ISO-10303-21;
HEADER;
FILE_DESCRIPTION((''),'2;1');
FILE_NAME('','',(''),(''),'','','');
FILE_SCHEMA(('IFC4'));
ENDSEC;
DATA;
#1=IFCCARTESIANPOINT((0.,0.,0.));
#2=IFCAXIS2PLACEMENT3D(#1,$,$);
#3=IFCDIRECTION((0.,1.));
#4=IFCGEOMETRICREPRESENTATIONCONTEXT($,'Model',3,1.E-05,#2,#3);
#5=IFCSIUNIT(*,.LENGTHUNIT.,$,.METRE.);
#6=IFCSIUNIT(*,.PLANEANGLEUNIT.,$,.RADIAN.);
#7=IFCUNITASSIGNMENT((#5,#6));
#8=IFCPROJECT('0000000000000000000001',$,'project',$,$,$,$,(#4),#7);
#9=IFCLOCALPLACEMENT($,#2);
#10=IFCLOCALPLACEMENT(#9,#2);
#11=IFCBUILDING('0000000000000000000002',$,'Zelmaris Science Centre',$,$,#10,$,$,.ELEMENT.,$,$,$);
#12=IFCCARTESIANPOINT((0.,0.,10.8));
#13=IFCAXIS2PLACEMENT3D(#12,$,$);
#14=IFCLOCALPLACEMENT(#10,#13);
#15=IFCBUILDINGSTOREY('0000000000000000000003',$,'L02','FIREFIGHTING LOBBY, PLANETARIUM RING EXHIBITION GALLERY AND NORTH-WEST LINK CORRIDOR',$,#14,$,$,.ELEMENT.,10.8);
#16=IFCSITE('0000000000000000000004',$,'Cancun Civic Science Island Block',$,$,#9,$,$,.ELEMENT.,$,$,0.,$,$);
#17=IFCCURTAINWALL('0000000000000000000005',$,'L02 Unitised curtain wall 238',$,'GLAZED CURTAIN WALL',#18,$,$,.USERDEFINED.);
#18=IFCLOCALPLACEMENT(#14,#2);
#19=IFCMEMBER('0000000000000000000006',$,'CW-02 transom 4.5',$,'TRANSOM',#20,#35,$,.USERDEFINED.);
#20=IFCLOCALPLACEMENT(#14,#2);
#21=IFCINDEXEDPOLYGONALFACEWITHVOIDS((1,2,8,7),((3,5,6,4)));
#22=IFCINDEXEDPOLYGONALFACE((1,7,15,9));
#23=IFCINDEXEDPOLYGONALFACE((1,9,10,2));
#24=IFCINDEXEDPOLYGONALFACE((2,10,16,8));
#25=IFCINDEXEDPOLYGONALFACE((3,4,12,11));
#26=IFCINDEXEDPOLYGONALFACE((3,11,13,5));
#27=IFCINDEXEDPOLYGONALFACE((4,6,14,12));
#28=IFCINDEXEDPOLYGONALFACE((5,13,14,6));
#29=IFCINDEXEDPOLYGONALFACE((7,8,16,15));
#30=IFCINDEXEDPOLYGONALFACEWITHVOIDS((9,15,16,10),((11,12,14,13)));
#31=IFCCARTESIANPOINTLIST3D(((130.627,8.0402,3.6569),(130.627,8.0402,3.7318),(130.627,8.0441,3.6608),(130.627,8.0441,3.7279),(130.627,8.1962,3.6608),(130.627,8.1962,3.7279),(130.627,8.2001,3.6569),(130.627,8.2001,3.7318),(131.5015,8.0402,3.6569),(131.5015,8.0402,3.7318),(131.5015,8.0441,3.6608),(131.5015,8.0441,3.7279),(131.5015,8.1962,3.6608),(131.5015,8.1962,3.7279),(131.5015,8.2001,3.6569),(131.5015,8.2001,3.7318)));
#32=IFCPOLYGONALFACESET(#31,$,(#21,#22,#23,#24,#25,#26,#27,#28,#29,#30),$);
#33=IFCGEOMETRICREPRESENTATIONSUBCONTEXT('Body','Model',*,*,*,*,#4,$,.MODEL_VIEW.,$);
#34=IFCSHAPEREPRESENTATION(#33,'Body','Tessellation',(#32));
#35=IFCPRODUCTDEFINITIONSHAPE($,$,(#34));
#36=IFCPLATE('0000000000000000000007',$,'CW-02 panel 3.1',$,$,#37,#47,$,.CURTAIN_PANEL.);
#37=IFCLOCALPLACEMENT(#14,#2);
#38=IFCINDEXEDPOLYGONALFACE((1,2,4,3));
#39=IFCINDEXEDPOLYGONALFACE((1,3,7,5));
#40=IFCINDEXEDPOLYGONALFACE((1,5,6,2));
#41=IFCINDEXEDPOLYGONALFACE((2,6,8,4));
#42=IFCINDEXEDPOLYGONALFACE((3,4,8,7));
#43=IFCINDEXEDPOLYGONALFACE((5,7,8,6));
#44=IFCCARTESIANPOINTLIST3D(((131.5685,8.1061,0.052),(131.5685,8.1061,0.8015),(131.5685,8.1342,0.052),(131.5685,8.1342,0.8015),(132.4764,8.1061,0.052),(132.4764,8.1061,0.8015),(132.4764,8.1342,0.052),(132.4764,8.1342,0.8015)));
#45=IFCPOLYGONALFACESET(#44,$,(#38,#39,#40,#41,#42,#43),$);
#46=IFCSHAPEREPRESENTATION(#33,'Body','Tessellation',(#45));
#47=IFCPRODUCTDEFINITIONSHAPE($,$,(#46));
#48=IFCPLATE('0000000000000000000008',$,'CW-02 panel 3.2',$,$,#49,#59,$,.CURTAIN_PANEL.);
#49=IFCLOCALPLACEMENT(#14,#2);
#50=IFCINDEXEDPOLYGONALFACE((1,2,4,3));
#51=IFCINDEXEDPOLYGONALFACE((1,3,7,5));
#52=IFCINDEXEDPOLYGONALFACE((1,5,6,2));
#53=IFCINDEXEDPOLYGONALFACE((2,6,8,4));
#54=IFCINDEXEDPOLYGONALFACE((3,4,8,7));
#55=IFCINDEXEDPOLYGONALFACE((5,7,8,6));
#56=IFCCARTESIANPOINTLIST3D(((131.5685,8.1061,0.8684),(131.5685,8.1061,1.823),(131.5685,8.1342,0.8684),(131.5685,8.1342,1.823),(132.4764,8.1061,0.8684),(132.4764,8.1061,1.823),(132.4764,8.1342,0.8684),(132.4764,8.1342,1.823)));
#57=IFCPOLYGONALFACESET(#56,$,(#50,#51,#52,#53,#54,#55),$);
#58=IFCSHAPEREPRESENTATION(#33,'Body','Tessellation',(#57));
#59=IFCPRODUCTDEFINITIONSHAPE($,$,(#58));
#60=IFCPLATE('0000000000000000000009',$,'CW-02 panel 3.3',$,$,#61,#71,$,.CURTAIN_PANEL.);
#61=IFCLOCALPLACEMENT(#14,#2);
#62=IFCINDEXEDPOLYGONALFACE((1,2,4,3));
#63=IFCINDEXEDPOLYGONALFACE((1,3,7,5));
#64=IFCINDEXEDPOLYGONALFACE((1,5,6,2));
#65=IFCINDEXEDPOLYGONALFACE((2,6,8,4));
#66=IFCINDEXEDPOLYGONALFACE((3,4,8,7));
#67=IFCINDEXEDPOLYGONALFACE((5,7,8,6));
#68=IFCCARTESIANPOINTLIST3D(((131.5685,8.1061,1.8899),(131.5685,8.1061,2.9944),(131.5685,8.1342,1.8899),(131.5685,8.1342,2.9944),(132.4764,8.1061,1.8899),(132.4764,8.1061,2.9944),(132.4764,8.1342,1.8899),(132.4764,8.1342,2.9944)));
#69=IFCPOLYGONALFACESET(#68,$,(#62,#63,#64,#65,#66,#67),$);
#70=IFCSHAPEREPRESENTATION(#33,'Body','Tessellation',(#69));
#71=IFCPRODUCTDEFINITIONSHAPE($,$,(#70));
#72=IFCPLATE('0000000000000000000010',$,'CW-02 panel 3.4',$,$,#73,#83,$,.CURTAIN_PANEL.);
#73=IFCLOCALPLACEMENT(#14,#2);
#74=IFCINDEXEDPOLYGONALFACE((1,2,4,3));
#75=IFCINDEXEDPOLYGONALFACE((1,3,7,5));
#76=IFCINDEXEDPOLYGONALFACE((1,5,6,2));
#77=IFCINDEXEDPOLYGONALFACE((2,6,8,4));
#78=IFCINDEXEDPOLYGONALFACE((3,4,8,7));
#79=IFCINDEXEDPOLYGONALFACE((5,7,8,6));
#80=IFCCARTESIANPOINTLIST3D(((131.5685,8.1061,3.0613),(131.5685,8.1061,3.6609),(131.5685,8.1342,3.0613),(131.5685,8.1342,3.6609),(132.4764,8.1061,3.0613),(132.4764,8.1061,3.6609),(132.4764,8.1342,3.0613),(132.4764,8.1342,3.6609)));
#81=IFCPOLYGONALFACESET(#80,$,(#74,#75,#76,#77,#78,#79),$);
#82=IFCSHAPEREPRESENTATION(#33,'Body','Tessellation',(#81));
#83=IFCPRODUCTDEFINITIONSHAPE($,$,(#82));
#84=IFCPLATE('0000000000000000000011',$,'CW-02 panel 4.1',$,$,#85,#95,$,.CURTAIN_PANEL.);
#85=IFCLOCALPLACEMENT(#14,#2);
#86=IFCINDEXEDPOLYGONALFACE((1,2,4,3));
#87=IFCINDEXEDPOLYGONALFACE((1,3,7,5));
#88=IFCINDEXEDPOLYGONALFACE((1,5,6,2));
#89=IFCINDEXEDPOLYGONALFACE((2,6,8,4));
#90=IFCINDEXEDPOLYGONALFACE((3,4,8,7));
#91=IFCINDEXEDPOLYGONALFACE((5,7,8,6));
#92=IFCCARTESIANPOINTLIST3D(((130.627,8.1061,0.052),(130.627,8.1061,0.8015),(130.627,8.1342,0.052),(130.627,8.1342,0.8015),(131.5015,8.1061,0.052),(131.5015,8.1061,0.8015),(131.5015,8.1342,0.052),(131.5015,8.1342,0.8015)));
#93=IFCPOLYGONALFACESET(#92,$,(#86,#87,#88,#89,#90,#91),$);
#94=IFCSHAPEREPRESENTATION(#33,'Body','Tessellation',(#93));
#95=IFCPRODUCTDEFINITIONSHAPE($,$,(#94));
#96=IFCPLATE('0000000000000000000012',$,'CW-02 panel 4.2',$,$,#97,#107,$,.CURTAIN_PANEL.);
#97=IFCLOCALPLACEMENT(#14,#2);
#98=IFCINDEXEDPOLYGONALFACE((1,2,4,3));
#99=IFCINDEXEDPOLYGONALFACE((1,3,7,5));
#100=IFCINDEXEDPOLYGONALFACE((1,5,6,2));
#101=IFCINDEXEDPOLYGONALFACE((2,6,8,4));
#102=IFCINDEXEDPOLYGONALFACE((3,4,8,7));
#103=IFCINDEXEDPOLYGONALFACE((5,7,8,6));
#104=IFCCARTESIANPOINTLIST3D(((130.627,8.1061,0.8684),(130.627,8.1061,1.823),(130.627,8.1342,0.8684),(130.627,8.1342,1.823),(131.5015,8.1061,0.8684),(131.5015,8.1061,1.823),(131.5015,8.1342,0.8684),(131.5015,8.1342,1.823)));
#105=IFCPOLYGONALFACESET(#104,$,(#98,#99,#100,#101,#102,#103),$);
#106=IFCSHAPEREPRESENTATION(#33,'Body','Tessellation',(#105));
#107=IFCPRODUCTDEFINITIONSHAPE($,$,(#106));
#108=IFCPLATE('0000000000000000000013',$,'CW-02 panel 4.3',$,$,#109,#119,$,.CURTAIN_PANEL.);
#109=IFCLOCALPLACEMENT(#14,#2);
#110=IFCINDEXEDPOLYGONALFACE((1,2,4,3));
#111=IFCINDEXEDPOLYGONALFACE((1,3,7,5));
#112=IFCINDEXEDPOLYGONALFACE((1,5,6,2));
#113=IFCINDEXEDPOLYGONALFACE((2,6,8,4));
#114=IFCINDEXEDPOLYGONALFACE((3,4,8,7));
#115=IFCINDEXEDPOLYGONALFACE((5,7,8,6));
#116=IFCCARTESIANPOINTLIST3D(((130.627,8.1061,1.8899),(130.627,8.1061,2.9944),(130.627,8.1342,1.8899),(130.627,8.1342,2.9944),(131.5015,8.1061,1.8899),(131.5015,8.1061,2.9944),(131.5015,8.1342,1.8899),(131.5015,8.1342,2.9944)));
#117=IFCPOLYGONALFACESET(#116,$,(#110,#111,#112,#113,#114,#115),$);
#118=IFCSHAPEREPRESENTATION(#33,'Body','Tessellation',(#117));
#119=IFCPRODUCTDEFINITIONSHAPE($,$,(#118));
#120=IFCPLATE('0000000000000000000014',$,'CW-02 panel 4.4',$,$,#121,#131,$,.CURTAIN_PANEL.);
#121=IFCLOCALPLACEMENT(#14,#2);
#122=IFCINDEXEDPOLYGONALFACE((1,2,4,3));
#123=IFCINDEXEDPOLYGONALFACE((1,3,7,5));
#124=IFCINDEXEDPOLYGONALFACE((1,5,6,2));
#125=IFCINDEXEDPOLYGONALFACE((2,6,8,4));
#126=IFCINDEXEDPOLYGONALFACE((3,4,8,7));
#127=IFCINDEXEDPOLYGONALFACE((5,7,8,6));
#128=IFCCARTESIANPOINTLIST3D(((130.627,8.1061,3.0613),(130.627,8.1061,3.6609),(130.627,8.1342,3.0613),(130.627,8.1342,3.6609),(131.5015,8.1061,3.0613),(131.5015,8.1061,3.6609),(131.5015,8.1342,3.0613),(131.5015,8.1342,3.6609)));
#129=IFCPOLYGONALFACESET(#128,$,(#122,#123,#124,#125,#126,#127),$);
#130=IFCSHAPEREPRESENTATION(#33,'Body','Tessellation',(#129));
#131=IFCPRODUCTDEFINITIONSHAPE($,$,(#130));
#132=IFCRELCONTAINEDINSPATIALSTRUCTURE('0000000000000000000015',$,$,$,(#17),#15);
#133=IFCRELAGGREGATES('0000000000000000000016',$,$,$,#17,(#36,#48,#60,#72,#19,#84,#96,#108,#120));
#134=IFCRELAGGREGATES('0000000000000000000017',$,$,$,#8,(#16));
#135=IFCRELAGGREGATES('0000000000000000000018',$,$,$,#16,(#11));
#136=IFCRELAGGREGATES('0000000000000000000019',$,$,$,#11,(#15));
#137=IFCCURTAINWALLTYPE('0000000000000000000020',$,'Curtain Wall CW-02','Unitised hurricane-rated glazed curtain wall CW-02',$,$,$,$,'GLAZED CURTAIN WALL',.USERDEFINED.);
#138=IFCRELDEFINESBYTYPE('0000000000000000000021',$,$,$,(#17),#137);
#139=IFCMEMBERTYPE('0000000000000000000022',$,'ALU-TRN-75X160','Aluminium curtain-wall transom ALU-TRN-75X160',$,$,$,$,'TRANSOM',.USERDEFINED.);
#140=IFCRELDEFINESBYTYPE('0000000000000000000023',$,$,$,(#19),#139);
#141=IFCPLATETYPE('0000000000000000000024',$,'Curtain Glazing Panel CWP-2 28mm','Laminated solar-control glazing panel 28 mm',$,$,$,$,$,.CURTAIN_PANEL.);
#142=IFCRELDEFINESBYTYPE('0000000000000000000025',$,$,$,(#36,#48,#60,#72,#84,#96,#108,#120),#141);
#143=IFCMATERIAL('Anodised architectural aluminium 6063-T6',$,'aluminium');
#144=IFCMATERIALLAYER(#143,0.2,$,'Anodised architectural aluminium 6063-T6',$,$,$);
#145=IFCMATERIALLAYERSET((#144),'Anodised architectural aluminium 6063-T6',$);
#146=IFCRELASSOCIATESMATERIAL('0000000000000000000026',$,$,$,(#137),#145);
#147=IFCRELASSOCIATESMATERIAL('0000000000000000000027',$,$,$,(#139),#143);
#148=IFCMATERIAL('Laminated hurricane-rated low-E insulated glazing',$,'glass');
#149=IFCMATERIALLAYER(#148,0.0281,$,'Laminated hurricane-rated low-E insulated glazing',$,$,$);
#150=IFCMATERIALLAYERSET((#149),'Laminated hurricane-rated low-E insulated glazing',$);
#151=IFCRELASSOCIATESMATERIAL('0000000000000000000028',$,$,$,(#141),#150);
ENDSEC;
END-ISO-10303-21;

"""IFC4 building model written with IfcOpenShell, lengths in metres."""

from ifc_helpers import new_model, si_unit, direction, frame, origin, origin_2d, place, context, subcontext, project, spatial, rectangle, hollow_rectangle, extrude, material, layer, layer_set, material_profile, profile_set, type_object, element, aggregate, save


model = new_model("IFC4")

# Units and contexts
model_context = context("Model", 3, precision=1e-05, world=origin(), true_north=direction((0.0, 1.0)))
body_context = subcontext(model_context, "Body", "Model", "MODEL_VIEW")
ifc_project = project(units=[si_unit("LENGTHUNIT", "METRE"), si_unit("PLANEANGLEUNIT", "RADIAN")], contexts=[model_context])

# Site, building, storey
site_placement = place(None, origin())
site = spatial("IfcSite", under=ifc_project, at=site_placement, Name="Cancun Civic Science Island Block", CompositionType="ELEMENT", RefElevation=0.0)
building_placement = place(site_placement, origin())
building = spatial("IfcBuilding", under=site, at=building_placement, Name="Zelmaris Science Centre", CompositionType="ELEMENT")
storey_placement = place(building_placement, frame((0.0, 0.0, 10.8)))
storey = spatial("IfcBuildingStorey", under=building, at=storey_placement, Name="L02", Description="FIREFIGHTING LOBBY, PLANETARIUM RING EXHIBITION GALLERY AND NORTH-WEST LINK CORRIDOR", CompositionType="ELEMENT", Elevation=10.8)

# Curtain wall, member, plates
ifc_material_1 = material(Name="Anodised architectural aluminium 6063-T6", Category="aluminium")
ifc_layer_1 = layer(ifc_material_1, 0.2, Name="Anodised architectural aluminium 6063-T6")
ifc_layer_set_1 = layer_set([ifc_layer_1], Name="Anodised architectural aluminium 6063-T6")
curtain_wall_type = type_object("IfcCurtainWallType", Name="Curtain Wall CW-02", Description="Unitised hurricane-rated glazed curtain wall CW-02", ElementType="GLAZED CURTAIN WALL", PredefinedType="USERDEFINED", material=ifc_layer_set_1)
curtain_wall_placement = place(storey_placement, origin())
curtain_wall = element("IfcCurtainWall", 1, at=curtain_wall_placement, inside=storey, type_object=curtain_wall_type, Name="L02 Unitised curtain wall 238", ObjectType="GLAZED CURTAIN WALL", PredefinedType="USERDEFINED")
ifc_material_profile_1 = material_profile(ifc_material_1, hollow_rectangle(XDim=0.075, YDim=0.1599, WallThickness=0.0039, at=origin_2d()), Name="ALU-TRN-75X160")
ifc_profile_set_1 = profile_set([ifc_material_profile_1], Name="Anodised architectural aluminium 6063-T6")
member_type_1 = type_object("IfcMemberType", Name="ALU-TRN-75X160", Description="Aluminium curtain-wall transom ALU-TRN-75X160", ElementType="TRANSOM", PredefinedType="USERDEFINED", material=ifc_profile_set_1)
member_1_placement = place(storey_placement, frame((131.5015, 8.1201, 3.6943), z_axis=(-1.0, 0.0, 0.0), x_axis=(0.0, 0.0, 1.0)))
member_1 = element("IfcMember", 2, at=member_1_placement, type_object=member_type_1, Name="CW-02 transom 4.5", ObjectType="TRANSOM", PredefinedType="USERDEFINED", context=body_context, shape_type="SweptSolid", body=[
    extrude(hollow_rectangle(XDim=0.075, YDim=0.1599, WallThickness=0.0039, at=origin_2d()), origin(), (0.0, 0.0, 1.0), 0.8745),
])
ifc_material_2 = material(Name="Laminated hurricane-rated low-E insulated glazing", Category="glass")
ifc_layer_2 = layer(ifc_material_2, 0.0281, Name="Laminated hurricane-rated low-E insulated glazing")
ifc_layer_set_2 = layer_set([ifc_layer_2], Name="Laminated hurricane-rated low-E insulated glazing")
plate_type = type_object("IfcPlateType", Name="Curtain Glazing Panel CWP-2 28mm", Description="Laminated solar-control glazing panel 28 mm", PredefinedType="CURTAIN_PANEL", material=ifc_layer_set_2)
plate_1_placement = place(storey_placement, frame((132.0225, 8.1201, 0.052), z_axis=(0.0, 0.0, 1.0), x_axis=(-1.0, 0.0, 0.0)))
plate_1 = element("IfcPlate", 3, at=plate_1_placement, type_object=plate_type, Name="CW-02 panel 3.1", PredefinedType="CURTAIN_PANEL", context=body_context, shape_type="SweptSolid", body=[
    extrude(rectangle(XDim=0.908, YDim=0.0281, at=origin_2d()), origin(), (0.0, 0.0, 1.0), 0.7495),
])
plate_2_placement = place(storey_placement, frame((132.0225, 8.1201, 0.8684), z_axis=(0.0, 0.0, 1.0), x_axis=(-1.0, 0.0, 0.0)))
plate_2 = element("IfcPlate", 4, at=plate_2_placement, type_object=plate_type, Name="CW-02 panel 3.2", PredefinedType="CURTAIN_PANEL", context=body_context, shape_type="SweptSolid", body=[
    extrude(rectangle(XDim=0.908, YDim=0.0281, at=origin_2d()), origin(), (0.0, 0.0, 1.0), 0.9546),
])
plate_3_placement = place(storey_placement, frame((132.0225, 8.1201, 1.8899), z_axis=(0.0, 0.0, 1.0), x_axis=(-1.0, 0.0, 0.0)))
plate_3 = element("IfcPlate", 5, at=plate_3_placement, type_object=plate_type, Name="CW-02 panel 3.3", PredefinedType="CURTAIN_PANEL", context=body_context, shape_type="SweptSolid", body=[
    extrude(rectangle(XDim=0.908, YDim=0.0281, at=origin_2d()), origin(), (0.0, 0.0, 1.0), 1.1045),
])
plate_4_placement = place(storey_placement, frame((132.0225, 8.1201, 3.0613), z_axis=(0.0, 0.0, 1.0), x_axis=(-1.0, 0.0, 0.0)))
plate_4 = element("IfcPlate", 6, at=plate_4_placement, type_object=plate_type, Name="CW-02 panel 3.4", PredefinedType="CURTAIN_PANEL", context=body_context, shape_type="SweptSolid", body=[
    extrude(rectangle(XDim=0.908, YDim=0.0281, at=origin_2d()), origin(), (0.0, 0.0, 1.0), 0.5996),
])
plate_5_placement = place(storey_placement, frame((131.0642, 8.1201, 0.052), z_axis=(0.0, 0.0, 1.0), x_axis=(-1.0, 0.0, 0.0)))
plate_5 = element("IfcPlate", 7, at=plate_5_placement, type_object=plate_type, Name="CW-02 panel 4.1", PredefinedType="CURTAIN_PANEL", context=body_context, shape_type="SweptSolid", body=[
    extrude(rectangle(XDim=0.8745, YDim=0.0281, at=origin_2d()), origin(), (0.0, 0.0, 1.0), 0.7495),
])
plate_6_placement = place(storey_placement, frame((131.0642, 8.1201, 0.8684), z_axis=(0.0, 0.0, 1.0), x_axis=(-1.0, 0.0, 0.0)))
plate_6 = element("IfcPlate", 8, at=plate_6_placement, type_object=plate_type, Name="CW-02 panel 4.2", PredefinedType="CURTAIN_PANEL", context=body_context, shape_type="SweptSolid", body=[
    extrude(rectangle(XDim=0.8745, YDim=0.0281, at=origin_2d()), origin(), (0.0, 0.0, 1.0), 0.9546),
])
plate_7_placement = place(storey_placement, frame((131.0642, 8.1201, 1.8899), z_axis=(0.0, 0.0, 1.0), x_axis=(-1.0, 0.0, 0.0)))
plate_7 = element("IfcPlate", 9, at=plate_7_placement, type_object=plate_type, Name="CW-02 panel 4.3", PredefinedType="CURTAIN_PANEL", context=body_context, shape_type="SweptSolid", body=[
    extrude(rectangle(XDim=0.8745, YDim=0.0281, at=origin_2d()), origin(), (0.0, 0.0, 1.0), 1.1045),
])
plate_8_placement = place(storey_placement, frame((131.0642, 8.1201, 3.0613), z_axis=(0.0, 0.0, 1.0), x_axis=(-1.0, 0.0, 0.0)))
plate_8 = element("IfcPlate", 10, at=plate_8_placement, type_object=plate_type, Name="CW-02 panel 4.4", PredefinedType="CURTAIN_PANEL", context=body_context, shape_type="SweptSolid", body=[
    extrude(rectangle(XDim=0.8745, YDim=0.0281, at=origin_2d()), origin(), (0.0, 0.0, 1.0), 0.5996),
])
aggregate(curtain_wall, [plate_1, plate_2, plate_3, plate_4, member_1, plate_5, plate_6, plate_7, plate_8])

save(model, "model.ifc")
